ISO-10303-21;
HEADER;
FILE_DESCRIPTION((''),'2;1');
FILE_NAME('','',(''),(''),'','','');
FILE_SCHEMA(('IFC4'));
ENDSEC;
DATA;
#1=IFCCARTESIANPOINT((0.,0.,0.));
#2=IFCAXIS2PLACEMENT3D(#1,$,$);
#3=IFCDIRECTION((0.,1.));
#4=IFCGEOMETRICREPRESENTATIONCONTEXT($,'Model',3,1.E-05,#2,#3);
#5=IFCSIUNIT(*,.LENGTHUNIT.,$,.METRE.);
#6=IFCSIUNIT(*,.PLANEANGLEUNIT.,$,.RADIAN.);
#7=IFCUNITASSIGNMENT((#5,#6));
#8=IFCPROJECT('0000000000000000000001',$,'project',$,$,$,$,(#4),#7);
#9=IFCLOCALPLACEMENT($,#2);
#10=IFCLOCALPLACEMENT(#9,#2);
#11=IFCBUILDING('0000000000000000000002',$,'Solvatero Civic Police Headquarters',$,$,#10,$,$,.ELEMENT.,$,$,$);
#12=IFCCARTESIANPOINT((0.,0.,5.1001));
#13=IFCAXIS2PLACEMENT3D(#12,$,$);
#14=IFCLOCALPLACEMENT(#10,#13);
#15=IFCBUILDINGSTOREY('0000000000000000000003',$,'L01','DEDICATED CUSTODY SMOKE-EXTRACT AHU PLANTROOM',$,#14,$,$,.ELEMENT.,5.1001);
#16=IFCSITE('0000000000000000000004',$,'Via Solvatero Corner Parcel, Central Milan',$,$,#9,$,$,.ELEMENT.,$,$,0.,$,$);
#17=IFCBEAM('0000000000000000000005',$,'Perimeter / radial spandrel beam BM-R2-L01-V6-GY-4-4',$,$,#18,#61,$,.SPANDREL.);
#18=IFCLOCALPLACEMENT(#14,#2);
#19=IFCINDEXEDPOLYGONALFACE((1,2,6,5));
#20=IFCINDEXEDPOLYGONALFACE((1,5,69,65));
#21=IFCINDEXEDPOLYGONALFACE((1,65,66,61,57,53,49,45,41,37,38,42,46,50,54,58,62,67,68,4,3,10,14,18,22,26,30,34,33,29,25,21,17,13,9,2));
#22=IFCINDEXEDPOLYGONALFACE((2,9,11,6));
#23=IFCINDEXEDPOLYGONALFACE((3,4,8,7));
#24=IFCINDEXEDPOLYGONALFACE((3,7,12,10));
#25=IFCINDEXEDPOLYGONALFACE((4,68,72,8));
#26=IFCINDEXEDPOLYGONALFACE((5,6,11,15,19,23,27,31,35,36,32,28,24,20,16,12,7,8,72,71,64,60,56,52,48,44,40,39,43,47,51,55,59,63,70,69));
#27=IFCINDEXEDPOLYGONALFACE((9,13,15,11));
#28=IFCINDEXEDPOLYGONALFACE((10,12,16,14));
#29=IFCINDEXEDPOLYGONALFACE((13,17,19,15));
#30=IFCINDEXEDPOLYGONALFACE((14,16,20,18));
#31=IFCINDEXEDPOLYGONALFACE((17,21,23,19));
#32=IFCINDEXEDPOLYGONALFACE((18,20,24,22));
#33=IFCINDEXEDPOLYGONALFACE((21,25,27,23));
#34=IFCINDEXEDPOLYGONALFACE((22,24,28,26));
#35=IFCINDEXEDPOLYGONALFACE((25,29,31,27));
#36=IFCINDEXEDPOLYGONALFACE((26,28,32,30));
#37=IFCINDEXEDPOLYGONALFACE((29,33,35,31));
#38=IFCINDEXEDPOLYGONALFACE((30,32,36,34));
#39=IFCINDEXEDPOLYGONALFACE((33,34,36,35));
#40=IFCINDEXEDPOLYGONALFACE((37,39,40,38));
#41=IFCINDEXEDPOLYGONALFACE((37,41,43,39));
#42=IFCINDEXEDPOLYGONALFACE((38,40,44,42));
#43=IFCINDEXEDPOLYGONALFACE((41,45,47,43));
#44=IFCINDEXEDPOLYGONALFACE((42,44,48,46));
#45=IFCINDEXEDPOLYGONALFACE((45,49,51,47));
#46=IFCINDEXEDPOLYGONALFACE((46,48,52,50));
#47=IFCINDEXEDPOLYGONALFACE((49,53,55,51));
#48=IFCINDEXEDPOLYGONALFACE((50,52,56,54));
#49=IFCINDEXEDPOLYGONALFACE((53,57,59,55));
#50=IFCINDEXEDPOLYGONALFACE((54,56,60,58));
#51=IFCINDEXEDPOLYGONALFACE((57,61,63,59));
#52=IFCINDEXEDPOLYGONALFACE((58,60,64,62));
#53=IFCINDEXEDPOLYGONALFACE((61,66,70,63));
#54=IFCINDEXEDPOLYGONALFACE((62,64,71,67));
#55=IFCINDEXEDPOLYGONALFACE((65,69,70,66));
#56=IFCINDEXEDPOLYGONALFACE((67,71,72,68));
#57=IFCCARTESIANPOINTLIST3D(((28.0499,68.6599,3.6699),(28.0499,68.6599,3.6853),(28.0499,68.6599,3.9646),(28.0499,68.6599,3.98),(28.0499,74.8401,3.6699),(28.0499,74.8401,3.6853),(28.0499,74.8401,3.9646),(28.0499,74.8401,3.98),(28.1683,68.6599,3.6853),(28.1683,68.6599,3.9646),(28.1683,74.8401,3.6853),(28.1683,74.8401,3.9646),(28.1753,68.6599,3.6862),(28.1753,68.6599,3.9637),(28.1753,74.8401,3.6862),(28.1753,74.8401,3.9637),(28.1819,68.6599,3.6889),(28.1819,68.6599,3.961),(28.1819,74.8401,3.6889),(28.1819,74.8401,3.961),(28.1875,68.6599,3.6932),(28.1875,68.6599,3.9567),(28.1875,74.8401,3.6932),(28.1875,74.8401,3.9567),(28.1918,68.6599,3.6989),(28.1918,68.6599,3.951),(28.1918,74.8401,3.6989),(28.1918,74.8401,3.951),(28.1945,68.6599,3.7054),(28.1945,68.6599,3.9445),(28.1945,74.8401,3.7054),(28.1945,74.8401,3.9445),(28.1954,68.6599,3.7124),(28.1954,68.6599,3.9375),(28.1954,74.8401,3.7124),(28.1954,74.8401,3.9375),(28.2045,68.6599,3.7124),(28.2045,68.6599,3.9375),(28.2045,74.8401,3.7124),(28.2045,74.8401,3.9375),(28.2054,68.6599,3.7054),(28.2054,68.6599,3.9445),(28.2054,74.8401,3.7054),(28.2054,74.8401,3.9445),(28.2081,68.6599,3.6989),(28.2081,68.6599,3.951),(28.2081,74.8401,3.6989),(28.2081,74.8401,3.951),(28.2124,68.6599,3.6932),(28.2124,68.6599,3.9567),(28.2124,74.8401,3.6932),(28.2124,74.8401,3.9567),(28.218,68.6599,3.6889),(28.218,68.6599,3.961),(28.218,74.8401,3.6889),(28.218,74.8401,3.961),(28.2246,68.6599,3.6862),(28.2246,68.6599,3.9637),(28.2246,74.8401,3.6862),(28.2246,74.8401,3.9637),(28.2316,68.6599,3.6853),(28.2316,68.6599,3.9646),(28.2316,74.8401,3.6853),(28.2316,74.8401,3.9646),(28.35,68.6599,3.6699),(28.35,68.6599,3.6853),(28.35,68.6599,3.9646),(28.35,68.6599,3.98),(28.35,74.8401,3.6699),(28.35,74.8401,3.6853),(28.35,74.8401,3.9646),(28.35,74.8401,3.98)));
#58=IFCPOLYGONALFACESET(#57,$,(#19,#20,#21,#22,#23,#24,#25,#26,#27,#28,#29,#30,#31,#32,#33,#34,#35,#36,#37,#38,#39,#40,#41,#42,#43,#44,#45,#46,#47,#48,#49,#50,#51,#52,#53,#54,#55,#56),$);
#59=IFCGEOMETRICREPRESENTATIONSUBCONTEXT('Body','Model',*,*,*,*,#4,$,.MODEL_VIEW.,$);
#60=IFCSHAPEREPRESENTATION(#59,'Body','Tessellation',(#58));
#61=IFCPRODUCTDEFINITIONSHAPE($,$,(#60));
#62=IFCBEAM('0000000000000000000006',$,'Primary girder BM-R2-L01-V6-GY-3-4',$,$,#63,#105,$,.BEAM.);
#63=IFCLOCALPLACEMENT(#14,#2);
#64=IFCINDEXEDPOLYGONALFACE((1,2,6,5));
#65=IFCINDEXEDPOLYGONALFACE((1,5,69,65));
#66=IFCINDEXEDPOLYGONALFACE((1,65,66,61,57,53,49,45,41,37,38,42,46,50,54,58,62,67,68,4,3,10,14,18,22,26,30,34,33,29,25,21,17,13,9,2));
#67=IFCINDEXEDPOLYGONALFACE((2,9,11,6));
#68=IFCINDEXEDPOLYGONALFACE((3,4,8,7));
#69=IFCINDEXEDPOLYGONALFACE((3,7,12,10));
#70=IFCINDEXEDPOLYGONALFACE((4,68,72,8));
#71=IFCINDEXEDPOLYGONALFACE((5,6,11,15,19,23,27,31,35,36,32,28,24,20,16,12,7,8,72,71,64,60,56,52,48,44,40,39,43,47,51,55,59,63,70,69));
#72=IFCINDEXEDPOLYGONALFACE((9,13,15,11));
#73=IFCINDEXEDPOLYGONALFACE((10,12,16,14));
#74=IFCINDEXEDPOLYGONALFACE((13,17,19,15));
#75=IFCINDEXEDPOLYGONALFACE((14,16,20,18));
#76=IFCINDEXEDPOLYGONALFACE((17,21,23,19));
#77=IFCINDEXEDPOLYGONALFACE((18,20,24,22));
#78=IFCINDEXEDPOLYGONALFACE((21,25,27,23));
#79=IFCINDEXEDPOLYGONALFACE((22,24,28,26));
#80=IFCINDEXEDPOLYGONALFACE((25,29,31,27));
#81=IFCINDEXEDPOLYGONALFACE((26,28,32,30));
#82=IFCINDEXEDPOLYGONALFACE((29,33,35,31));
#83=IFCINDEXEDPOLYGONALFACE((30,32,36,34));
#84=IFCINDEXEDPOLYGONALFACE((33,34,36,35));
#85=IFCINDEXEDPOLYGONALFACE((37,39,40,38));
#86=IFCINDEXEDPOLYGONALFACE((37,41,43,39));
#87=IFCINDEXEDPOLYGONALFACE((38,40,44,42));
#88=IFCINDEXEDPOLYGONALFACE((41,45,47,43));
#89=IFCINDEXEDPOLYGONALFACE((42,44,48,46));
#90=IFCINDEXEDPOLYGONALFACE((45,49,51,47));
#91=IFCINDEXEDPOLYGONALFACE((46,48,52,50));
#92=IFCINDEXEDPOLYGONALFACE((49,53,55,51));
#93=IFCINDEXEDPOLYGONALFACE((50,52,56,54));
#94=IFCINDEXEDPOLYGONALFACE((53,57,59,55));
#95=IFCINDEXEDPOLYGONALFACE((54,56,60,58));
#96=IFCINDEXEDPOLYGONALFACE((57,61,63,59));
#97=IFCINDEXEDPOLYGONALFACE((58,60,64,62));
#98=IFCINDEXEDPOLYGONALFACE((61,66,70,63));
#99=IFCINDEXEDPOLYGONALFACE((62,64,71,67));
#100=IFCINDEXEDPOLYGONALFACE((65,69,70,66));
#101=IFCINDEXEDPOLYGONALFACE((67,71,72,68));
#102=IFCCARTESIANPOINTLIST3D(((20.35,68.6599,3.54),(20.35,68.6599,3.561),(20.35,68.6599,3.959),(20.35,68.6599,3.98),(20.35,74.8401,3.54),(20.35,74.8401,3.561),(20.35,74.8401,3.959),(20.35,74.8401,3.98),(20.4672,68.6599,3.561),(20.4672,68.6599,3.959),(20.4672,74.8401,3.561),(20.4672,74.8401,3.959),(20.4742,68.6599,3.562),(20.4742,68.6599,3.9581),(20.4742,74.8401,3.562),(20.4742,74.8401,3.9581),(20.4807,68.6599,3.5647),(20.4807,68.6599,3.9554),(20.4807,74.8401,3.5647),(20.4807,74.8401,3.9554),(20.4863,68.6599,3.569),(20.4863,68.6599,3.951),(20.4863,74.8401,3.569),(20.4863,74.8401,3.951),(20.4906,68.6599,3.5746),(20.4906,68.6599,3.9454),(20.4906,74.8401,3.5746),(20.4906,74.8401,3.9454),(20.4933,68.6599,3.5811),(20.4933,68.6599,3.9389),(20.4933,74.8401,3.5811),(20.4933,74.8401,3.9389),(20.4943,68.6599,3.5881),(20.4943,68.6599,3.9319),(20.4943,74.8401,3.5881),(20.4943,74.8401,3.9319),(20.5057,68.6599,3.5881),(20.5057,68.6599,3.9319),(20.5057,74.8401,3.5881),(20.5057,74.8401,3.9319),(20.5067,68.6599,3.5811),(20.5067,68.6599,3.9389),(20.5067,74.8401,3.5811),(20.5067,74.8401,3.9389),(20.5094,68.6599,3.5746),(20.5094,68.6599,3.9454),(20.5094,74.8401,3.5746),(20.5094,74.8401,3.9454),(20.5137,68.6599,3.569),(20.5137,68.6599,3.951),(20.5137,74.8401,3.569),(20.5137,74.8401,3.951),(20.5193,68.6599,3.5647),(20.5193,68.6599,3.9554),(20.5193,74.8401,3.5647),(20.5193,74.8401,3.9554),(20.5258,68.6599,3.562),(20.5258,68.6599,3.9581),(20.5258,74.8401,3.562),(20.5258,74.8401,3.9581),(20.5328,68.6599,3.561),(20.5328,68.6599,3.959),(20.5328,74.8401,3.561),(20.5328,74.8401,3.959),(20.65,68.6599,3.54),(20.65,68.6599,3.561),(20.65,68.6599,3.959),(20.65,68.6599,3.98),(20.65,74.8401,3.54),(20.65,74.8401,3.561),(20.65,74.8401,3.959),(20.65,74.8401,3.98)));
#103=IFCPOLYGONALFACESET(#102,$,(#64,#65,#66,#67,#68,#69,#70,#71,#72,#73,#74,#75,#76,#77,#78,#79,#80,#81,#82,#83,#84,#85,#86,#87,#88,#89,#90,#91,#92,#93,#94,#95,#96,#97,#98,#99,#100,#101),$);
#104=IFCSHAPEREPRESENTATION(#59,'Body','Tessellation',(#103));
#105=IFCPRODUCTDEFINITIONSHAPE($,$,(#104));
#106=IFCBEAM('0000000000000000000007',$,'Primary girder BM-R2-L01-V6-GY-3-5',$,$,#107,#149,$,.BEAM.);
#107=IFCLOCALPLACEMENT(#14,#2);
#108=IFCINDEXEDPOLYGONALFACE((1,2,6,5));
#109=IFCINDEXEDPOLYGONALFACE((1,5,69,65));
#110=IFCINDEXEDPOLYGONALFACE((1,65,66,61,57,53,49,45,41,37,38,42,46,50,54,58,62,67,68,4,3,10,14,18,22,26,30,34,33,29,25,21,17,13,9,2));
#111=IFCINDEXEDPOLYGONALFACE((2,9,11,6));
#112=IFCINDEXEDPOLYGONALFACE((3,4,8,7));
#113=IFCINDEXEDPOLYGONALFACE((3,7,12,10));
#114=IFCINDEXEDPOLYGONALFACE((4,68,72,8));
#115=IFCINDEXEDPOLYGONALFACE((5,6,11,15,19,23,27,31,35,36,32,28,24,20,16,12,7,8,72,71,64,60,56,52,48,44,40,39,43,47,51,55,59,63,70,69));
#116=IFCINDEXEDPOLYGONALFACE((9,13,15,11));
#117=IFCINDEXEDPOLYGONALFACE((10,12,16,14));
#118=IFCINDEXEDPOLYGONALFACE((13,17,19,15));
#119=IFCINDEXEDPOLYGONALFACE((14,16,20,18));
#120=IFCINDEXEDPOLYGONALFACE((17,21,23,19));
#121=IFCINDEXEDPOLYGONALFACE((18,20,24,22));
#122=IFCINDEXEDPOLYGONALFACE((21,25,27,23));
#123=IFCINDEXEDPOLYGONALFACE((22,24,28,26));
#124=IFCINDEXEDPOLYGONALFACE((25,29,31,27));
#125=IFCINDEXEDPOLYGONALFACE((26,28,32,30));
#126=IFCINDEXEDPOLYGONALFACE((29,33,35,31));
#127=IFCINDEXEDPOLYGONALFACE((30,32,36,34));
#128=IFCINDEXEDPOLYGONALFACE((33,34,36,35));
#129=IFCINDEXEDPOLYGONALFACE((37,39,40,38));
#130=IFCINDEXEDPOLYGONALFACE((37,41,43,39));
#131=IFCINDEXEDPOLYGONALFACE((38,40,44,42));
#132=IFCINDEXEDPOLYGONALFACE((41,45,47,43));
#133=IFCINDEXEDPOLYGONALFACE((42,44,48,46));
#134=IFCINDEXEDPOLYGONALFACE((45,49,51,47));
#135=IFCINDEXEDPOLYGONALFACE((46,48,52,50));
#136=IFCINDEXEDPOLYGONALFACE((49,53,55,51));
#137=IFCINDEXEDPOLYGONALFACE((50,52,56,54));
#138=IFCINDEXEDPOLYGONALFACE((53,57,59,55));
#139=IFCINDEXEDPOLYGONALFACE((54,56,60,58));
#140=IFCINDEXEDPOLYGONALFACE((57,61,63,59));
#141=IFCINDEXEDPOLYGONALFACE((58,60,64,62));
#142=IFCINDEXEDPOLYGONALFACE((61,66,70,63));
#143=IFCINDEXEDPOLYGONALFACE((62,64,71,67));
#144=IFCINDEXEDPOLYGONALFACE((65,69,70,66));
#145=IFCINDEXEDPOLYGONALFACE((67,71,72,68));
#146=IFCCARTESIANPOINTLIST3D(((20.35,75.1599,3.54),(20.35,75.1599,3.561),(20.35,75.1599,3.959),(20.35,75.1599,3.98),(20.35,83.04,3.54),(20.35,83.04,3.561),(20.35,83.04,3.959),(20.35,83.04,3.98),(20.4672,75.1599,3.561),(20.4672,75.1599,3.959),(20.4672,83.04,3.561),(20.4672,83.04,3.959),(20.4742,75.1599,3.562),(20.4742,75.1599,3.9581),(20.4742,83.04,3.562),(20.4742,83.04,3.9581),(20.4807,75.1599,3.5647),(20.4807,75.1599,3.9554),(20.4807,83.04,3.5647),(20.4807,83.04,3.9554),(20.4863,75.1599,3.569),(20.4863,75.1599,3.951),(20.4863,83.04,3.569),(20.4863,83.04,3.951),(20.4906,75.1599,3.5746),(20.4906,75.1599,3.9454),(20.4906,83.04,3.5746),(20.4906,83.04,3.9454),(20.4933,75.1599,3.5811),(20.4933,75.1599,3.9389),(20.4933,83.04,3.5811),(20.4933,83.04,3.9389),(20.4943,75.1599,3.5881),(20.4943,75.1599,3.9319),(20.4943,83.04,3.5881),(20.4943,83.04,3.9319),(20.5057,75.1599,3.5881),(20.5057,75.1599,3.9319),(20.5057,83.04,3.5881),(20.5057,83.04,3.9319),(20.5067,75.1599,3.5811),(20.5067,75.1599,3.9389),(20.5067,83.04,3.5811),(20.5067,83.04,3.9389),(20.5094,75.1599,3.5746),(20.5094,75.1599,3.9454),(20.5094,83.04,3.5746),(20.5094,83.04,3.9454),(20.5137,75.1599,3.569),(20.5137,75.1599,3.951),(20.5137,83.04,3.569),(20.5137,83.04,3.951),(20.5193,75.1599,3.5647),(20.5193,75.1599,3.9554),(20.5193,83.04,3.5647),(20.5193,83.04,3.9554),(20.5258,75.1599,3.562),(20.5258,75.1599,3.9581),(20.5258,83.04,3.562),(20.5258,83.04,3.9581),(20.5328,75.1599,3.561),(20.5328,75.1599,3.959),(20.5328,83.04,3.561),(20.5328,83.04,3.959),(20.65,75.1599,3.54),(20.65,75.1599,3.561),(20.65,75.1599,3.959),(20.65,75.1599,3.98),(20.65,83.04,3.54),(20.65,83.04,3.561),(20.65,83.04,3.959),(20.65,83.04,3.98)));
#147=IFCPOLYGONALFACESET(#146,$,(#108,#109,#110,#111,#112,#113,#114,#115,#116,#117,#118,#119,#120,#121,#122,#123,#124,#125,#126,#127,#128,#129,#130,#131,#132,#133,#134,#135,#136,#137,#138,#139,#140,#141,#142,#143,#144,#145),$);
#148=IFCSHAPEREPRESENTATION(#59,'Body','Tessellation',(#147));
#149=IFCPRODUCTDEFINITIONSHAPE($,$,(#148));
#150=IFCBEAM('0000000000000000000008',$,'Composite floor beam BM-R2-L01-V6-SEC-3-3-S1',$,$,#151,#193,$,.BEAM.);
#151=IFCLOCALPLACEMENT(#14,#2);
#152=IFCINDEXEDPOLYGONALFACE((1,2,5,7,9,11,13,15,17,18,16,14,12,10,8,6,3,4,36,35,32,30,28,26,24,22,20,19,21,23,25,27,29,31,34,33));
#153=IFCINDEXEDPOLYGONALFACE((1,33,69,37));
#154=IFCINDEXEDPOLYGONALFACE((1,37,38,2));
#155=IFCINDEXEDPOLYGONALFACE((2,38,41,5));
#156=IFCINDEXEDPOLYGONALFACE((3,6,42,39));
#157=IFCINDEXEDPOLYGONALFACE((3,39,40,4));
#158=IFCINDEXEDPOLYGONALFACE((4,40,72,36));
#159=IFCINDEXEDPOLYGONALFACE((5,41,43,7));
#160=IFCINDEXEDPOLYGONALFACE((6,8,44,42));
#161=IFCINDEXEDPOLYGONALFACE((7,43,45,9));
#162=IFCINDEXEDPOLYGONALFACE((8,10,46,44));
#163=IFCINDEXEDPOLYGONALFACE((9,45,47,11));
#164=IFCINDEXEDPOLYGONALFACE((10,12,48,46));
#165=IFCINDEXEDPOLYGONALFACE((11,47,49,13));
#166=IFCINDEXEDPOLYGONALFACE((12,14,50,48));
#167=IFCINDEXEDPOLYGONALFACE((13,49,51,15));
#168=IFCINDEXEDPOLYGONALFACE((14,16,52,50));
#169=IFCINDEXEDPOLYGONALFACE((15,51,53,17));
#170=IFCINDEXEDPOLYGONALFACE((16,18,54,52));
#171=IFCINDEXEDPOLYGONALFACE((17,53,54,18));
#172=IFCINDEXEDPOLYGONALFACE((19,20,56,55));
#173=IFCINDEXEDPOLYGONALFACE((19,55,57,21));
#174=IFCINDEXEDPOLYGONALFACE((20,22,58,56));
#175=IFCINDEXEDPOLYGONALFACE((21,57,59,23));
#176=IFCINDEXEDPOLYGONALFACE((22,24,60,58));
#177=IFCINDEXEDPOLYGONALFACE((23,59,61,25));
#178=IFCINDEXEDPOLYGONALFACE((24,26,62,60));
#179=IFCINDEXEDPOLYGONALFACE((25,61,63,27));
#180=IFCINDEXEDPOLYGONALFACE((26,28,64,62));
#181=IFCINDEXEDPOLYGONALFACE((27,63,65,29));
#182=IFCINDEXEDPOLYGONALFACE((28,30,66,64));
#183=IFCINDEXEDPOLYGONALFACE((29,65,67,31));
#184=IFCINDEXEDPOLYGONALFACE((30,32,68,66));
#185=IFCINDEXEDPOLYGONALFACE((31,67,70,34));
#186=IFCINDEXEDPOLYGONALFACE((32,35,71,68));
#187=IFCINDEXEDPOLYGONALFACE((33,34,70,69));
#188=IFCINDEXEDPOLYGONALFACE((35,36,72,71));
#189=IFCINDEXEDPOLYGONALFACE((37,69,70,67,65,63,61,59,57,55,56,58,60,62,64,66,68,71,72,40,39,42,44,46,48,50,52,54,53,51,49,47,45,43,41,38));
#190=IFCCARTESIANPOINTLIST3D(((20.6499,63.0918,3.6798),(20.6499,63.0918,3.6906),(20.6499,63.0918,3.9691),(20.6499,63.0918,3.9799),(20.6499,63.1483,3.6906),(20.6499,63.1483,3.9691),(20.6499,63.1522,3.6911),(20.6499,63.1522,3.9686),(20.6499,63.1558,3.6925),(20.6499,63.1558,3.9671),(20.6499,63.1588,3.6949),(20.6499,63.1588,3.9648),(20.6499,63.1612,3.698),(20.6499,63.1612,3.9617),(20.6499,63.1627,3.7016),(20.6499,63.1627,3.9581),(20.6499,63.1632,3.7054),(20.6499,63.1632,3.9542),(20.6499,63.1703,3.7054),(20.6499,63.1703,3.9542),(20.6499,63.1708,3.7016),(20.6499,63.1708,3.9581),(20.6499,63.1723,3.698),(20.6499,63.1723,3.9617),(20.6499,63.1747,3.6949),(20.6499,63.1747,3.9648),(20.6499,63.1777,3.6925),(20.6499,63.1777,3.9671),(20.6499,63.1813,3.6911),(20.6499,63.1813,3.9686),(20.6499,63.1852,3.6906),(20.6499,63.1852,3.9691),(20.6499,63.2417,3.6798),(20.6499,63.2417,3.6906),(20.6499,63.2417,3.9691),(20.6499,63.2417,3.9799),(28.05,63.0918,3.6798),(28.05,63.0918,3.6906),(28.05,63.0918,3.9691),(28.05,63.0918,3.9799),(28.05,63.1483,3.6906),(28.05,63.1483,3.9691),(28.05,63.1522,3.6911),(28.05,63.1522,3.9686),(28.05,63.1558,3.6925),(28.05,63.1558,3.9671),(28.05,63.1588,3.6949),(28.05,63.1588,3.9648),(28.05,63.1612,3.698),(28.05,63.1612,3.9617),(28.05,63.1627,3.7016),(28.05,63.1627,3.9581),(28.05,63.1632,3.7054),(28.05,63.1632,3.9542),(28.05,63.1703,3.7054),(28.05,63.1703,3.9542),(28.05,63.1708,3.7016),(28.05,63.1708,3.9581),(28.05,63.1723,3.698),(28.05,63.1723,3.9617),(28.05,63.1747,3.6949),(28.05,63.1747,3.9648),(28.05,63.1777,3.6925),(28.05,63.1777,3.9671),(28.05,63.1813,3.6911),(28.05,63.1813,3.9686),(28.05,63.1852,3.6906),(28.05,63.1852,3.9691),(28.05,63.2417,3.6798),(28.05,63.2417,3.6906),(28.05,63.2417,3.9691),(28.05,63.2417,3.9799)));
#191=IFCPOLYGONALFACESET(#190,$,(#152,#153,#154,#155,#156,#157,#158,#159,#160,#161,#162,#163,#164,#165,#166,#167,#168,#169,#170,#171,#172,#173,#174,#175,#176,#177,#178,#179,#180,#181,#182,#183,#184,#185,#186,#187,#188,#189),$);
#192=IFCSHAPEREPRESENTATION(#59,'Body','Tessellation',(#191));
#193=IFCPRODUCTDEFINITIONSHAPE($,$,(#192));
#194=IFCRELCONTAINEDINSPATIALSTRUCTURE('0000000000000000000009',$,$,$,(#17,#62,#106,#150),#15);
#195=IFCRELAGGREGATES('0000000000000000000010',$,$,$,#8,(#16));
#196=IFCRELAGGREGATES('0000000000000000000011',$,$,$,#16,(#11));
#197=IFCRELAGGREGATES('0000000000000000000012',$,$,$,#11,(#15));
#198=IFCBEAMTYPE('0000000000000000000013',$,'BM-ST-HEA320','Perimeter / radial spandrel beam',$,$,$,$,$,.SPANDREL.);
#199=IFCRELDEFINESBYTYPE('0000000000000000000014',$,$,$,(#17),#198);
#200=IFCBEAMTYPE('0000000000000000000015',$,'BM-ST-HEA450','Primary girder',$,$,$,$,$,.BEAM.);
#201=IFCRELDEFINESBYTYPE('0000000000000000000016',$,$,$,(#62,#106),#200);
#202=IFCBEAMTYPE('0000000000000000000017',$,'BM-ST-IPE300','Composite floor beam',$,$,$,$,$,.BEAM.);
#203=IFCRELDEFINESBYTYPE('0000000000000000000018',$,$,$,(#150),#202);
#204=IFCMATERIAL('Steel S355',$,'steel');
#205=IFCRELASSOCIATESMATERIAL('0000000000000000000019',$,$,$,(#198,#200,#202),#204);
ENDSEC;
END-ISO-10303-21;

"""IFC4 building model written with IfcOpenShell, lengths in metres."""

from ifc_helpers import new_model, si_unit, direction, frame, origin, origin_2d, place, context, subcontext, project, spatial, i_section, extrude, material, material_profile, profile_set, type_object, element, save


model = new_model("IFC4")

# Units and contexts
model_context = context("Model", 3, precision=1e-05, world=origin(), true_north=direction((0.0, 1.0)))
body_context = subcontext(model_context, "Body", "Model", "MODEL_VIEW")
ifc_project = project(units=[si_unit("LENGTHUNIT", "METRE"), si_unit("PLANEANGLEUNIT", "RADIAN")], contexts=[model_context])

# Site, building, storey
site_placement = place(None, origin())
site = spatial("IfcSite", under=ifc_project, at=site_placement, Name="Via Solvatero Corner Parcel, Central Milan", CompositionType="ELEMENT", RefElevation=0.0)
building_placement = place(site_placement, origin())
building = spatial("IfcBuilding", under=site, at=building_placement, Name="Solvatero Civic Police Headquarters", CompositionType="ELEMENT")
storey_placement = place(building_placement, frame((0.0, 0.0, 5.1001)))
storey = spatial("IfcBuildingStorey", under=building, at=storey_placement, Name="L01", Description="DEDICATED CUSTODY SMOKE-EXTRACT AHU PLANTROOM", CompositionType="ELEMENT", Elevation=5.1001)

# Shared definitions
ifc_material_1 = material(Name="Steel S355", Category="steel")

# Beams
ifc_material_profile_1 = material_profile(ifc_material_1, i_section(OverallWidth=0.3, OverallDepth=0.3101, WebThickness=0.009, FlangeThickness=0.0154, FilletRadius=0.0271, at=origin_2d()), Name="HEA 320")
ifc_profile_set_1 = profile_set([ifc_material_profile_1], Name="Steel S355")
beam_type_1 = type_object("IfcBeamType", Name="BM-ST-HEA320", Description="Perimeter / radial spandrel beam", PredefinedType="SPANDREL", material=ifc_profile_set_1)
beam_1_placement = place(storey_placement, frame((28.2, 68.6599, 3.825), z_axis=(0.0, 1.0, 0.0), x_axis=(-1.0, 0.0, 0.0)))
element("IfcBeam", 1, at=beam_1_placement, inside=storey, type_object=beam_type_1, Name="Perimeter / radial spandrel beam BM-R2-L01-V6-GY-4-4", PredefinedType="SPANDREL", context=body_context, shape_type="SweptSolid", body=[
    extrude(i_section(OverallWidth=0.3, OverallDepth=0.3101, WebThickness=0.009, FlangeThickness=0.0154, FilletRadius=0.0271, at=origin_2d()), origin(), (0.0, 0.0, 1.0), 6.1802),
])
ifc_material_profile_2 = material_profile(ifc_material_1, i_section(OverallWidth=0.3, OverallDepth=0.4399, WebThickness=0.0115, FlangeThickness=0.021, FilletRadius=0.0271, at=origin_2d()), Name="HEA 450")
ifc_profile_set_2 = profile_set([ifc_material_profile_2], Name="Steel S355")
beam_type_2 = type_object("IfcBeamType", Name="BM-ST-HEA450", Description="Primary girder", PredefinedType="BEAM", material=ifc_profile_set_2)
beam_2_placement = place(storey_placement, frame((20.5, 68.6599, 3.76), z_axis=(0.0, 1.0, 0.0), x_axis=(-1.0, 0.0, 0.0)))
element("IfcBeam", 2, at=beam_2_placement, inside=storey, type_object=beam_type_2, Name="Primary girder BM-R2-L01-V6-GY-3-4", PredefinedType="BEAM", context=body_context, shape_type="SweptSolid", body=[
    extrude(i_section(OverallWidth=0.3, OverallDepth=0.4399, WebThickness=0.0115, FlangeThickness=0.021, FilletRadius=0.0271, at=origin_2d()), origin(), (0.0, 0.0, 1.0), 6.1802),
])
beam_3_placement = place(storey_placement, frame((20.5, 75.1599, 3.76), z_axis=(0.0, 1.0, 0.0), x_axis=(-1.0, 0.0, 0.0)))
element("IfcBeam", 3, at=beam_3_placement, inside=storey, type_object=beam_type_2, Name="Primary girder BM-R2-L01-V6-GY-3-5", PredefinedType="BEAM", context=body_context, shape_type="SweptSolid", body=[
    extrude(i_section(OverallWidth=0.3, OverallDepth=0.4399, WebThickness=0.0115, FlangeThickness=0.021, FilletRadius=0.0271, at=origin_2d()), origin(), (0.0, 0.0, 1.0), 7.8801),
])
ifc_material_profile_3 = material_profile(ifc_material_1, i_section(OverallWidth=0.1499, OverallDepth=0.3, WebThickness=0.0071, FlangeThickness=0.0107, FilletRadius=0.0149, at=origin_2d()), Name="IPE 300")
ifc_profile_set_3 = profile_set([ifc_material_profile_3], Name="Steel S355")
beam_type_3 = type_object("IfcBeamType", Name="BM-ST-IPE300", Description="Composite floor beam", PredefinedType="BEAM", material=ifc_profile_set_3)
for number, where, z_axis, x_axis, name in (
    (4, (20.6499, 63.1667, 3.8298), (1.0, 0.0, 0.0), (0.0, 1.0, 0.0), "Composite floor beam BM-R2-L01-V6-SEC-3-3-S1"),
):
    element("IfcBeam", number, at=place(storey_placement, frame(where, z_axis=z_axis, x_axis=x_axis)), inside=storey, type_object=beam_type_3, Name=name, PredefinedType="BEAM", context=body_context, shape_type="SweptSolid", body=[
        extrude(i_section(OverallWidth=0.1499, OverallDepth=0.3, WebThickness=0.0071, FlangeThickness=0.0107, FilletRadius=0.0149, at=origin_2d()), origin(), (0.0, 0.0, 1.0), 7.4001),
    ])

save(model, "model.ifc")
